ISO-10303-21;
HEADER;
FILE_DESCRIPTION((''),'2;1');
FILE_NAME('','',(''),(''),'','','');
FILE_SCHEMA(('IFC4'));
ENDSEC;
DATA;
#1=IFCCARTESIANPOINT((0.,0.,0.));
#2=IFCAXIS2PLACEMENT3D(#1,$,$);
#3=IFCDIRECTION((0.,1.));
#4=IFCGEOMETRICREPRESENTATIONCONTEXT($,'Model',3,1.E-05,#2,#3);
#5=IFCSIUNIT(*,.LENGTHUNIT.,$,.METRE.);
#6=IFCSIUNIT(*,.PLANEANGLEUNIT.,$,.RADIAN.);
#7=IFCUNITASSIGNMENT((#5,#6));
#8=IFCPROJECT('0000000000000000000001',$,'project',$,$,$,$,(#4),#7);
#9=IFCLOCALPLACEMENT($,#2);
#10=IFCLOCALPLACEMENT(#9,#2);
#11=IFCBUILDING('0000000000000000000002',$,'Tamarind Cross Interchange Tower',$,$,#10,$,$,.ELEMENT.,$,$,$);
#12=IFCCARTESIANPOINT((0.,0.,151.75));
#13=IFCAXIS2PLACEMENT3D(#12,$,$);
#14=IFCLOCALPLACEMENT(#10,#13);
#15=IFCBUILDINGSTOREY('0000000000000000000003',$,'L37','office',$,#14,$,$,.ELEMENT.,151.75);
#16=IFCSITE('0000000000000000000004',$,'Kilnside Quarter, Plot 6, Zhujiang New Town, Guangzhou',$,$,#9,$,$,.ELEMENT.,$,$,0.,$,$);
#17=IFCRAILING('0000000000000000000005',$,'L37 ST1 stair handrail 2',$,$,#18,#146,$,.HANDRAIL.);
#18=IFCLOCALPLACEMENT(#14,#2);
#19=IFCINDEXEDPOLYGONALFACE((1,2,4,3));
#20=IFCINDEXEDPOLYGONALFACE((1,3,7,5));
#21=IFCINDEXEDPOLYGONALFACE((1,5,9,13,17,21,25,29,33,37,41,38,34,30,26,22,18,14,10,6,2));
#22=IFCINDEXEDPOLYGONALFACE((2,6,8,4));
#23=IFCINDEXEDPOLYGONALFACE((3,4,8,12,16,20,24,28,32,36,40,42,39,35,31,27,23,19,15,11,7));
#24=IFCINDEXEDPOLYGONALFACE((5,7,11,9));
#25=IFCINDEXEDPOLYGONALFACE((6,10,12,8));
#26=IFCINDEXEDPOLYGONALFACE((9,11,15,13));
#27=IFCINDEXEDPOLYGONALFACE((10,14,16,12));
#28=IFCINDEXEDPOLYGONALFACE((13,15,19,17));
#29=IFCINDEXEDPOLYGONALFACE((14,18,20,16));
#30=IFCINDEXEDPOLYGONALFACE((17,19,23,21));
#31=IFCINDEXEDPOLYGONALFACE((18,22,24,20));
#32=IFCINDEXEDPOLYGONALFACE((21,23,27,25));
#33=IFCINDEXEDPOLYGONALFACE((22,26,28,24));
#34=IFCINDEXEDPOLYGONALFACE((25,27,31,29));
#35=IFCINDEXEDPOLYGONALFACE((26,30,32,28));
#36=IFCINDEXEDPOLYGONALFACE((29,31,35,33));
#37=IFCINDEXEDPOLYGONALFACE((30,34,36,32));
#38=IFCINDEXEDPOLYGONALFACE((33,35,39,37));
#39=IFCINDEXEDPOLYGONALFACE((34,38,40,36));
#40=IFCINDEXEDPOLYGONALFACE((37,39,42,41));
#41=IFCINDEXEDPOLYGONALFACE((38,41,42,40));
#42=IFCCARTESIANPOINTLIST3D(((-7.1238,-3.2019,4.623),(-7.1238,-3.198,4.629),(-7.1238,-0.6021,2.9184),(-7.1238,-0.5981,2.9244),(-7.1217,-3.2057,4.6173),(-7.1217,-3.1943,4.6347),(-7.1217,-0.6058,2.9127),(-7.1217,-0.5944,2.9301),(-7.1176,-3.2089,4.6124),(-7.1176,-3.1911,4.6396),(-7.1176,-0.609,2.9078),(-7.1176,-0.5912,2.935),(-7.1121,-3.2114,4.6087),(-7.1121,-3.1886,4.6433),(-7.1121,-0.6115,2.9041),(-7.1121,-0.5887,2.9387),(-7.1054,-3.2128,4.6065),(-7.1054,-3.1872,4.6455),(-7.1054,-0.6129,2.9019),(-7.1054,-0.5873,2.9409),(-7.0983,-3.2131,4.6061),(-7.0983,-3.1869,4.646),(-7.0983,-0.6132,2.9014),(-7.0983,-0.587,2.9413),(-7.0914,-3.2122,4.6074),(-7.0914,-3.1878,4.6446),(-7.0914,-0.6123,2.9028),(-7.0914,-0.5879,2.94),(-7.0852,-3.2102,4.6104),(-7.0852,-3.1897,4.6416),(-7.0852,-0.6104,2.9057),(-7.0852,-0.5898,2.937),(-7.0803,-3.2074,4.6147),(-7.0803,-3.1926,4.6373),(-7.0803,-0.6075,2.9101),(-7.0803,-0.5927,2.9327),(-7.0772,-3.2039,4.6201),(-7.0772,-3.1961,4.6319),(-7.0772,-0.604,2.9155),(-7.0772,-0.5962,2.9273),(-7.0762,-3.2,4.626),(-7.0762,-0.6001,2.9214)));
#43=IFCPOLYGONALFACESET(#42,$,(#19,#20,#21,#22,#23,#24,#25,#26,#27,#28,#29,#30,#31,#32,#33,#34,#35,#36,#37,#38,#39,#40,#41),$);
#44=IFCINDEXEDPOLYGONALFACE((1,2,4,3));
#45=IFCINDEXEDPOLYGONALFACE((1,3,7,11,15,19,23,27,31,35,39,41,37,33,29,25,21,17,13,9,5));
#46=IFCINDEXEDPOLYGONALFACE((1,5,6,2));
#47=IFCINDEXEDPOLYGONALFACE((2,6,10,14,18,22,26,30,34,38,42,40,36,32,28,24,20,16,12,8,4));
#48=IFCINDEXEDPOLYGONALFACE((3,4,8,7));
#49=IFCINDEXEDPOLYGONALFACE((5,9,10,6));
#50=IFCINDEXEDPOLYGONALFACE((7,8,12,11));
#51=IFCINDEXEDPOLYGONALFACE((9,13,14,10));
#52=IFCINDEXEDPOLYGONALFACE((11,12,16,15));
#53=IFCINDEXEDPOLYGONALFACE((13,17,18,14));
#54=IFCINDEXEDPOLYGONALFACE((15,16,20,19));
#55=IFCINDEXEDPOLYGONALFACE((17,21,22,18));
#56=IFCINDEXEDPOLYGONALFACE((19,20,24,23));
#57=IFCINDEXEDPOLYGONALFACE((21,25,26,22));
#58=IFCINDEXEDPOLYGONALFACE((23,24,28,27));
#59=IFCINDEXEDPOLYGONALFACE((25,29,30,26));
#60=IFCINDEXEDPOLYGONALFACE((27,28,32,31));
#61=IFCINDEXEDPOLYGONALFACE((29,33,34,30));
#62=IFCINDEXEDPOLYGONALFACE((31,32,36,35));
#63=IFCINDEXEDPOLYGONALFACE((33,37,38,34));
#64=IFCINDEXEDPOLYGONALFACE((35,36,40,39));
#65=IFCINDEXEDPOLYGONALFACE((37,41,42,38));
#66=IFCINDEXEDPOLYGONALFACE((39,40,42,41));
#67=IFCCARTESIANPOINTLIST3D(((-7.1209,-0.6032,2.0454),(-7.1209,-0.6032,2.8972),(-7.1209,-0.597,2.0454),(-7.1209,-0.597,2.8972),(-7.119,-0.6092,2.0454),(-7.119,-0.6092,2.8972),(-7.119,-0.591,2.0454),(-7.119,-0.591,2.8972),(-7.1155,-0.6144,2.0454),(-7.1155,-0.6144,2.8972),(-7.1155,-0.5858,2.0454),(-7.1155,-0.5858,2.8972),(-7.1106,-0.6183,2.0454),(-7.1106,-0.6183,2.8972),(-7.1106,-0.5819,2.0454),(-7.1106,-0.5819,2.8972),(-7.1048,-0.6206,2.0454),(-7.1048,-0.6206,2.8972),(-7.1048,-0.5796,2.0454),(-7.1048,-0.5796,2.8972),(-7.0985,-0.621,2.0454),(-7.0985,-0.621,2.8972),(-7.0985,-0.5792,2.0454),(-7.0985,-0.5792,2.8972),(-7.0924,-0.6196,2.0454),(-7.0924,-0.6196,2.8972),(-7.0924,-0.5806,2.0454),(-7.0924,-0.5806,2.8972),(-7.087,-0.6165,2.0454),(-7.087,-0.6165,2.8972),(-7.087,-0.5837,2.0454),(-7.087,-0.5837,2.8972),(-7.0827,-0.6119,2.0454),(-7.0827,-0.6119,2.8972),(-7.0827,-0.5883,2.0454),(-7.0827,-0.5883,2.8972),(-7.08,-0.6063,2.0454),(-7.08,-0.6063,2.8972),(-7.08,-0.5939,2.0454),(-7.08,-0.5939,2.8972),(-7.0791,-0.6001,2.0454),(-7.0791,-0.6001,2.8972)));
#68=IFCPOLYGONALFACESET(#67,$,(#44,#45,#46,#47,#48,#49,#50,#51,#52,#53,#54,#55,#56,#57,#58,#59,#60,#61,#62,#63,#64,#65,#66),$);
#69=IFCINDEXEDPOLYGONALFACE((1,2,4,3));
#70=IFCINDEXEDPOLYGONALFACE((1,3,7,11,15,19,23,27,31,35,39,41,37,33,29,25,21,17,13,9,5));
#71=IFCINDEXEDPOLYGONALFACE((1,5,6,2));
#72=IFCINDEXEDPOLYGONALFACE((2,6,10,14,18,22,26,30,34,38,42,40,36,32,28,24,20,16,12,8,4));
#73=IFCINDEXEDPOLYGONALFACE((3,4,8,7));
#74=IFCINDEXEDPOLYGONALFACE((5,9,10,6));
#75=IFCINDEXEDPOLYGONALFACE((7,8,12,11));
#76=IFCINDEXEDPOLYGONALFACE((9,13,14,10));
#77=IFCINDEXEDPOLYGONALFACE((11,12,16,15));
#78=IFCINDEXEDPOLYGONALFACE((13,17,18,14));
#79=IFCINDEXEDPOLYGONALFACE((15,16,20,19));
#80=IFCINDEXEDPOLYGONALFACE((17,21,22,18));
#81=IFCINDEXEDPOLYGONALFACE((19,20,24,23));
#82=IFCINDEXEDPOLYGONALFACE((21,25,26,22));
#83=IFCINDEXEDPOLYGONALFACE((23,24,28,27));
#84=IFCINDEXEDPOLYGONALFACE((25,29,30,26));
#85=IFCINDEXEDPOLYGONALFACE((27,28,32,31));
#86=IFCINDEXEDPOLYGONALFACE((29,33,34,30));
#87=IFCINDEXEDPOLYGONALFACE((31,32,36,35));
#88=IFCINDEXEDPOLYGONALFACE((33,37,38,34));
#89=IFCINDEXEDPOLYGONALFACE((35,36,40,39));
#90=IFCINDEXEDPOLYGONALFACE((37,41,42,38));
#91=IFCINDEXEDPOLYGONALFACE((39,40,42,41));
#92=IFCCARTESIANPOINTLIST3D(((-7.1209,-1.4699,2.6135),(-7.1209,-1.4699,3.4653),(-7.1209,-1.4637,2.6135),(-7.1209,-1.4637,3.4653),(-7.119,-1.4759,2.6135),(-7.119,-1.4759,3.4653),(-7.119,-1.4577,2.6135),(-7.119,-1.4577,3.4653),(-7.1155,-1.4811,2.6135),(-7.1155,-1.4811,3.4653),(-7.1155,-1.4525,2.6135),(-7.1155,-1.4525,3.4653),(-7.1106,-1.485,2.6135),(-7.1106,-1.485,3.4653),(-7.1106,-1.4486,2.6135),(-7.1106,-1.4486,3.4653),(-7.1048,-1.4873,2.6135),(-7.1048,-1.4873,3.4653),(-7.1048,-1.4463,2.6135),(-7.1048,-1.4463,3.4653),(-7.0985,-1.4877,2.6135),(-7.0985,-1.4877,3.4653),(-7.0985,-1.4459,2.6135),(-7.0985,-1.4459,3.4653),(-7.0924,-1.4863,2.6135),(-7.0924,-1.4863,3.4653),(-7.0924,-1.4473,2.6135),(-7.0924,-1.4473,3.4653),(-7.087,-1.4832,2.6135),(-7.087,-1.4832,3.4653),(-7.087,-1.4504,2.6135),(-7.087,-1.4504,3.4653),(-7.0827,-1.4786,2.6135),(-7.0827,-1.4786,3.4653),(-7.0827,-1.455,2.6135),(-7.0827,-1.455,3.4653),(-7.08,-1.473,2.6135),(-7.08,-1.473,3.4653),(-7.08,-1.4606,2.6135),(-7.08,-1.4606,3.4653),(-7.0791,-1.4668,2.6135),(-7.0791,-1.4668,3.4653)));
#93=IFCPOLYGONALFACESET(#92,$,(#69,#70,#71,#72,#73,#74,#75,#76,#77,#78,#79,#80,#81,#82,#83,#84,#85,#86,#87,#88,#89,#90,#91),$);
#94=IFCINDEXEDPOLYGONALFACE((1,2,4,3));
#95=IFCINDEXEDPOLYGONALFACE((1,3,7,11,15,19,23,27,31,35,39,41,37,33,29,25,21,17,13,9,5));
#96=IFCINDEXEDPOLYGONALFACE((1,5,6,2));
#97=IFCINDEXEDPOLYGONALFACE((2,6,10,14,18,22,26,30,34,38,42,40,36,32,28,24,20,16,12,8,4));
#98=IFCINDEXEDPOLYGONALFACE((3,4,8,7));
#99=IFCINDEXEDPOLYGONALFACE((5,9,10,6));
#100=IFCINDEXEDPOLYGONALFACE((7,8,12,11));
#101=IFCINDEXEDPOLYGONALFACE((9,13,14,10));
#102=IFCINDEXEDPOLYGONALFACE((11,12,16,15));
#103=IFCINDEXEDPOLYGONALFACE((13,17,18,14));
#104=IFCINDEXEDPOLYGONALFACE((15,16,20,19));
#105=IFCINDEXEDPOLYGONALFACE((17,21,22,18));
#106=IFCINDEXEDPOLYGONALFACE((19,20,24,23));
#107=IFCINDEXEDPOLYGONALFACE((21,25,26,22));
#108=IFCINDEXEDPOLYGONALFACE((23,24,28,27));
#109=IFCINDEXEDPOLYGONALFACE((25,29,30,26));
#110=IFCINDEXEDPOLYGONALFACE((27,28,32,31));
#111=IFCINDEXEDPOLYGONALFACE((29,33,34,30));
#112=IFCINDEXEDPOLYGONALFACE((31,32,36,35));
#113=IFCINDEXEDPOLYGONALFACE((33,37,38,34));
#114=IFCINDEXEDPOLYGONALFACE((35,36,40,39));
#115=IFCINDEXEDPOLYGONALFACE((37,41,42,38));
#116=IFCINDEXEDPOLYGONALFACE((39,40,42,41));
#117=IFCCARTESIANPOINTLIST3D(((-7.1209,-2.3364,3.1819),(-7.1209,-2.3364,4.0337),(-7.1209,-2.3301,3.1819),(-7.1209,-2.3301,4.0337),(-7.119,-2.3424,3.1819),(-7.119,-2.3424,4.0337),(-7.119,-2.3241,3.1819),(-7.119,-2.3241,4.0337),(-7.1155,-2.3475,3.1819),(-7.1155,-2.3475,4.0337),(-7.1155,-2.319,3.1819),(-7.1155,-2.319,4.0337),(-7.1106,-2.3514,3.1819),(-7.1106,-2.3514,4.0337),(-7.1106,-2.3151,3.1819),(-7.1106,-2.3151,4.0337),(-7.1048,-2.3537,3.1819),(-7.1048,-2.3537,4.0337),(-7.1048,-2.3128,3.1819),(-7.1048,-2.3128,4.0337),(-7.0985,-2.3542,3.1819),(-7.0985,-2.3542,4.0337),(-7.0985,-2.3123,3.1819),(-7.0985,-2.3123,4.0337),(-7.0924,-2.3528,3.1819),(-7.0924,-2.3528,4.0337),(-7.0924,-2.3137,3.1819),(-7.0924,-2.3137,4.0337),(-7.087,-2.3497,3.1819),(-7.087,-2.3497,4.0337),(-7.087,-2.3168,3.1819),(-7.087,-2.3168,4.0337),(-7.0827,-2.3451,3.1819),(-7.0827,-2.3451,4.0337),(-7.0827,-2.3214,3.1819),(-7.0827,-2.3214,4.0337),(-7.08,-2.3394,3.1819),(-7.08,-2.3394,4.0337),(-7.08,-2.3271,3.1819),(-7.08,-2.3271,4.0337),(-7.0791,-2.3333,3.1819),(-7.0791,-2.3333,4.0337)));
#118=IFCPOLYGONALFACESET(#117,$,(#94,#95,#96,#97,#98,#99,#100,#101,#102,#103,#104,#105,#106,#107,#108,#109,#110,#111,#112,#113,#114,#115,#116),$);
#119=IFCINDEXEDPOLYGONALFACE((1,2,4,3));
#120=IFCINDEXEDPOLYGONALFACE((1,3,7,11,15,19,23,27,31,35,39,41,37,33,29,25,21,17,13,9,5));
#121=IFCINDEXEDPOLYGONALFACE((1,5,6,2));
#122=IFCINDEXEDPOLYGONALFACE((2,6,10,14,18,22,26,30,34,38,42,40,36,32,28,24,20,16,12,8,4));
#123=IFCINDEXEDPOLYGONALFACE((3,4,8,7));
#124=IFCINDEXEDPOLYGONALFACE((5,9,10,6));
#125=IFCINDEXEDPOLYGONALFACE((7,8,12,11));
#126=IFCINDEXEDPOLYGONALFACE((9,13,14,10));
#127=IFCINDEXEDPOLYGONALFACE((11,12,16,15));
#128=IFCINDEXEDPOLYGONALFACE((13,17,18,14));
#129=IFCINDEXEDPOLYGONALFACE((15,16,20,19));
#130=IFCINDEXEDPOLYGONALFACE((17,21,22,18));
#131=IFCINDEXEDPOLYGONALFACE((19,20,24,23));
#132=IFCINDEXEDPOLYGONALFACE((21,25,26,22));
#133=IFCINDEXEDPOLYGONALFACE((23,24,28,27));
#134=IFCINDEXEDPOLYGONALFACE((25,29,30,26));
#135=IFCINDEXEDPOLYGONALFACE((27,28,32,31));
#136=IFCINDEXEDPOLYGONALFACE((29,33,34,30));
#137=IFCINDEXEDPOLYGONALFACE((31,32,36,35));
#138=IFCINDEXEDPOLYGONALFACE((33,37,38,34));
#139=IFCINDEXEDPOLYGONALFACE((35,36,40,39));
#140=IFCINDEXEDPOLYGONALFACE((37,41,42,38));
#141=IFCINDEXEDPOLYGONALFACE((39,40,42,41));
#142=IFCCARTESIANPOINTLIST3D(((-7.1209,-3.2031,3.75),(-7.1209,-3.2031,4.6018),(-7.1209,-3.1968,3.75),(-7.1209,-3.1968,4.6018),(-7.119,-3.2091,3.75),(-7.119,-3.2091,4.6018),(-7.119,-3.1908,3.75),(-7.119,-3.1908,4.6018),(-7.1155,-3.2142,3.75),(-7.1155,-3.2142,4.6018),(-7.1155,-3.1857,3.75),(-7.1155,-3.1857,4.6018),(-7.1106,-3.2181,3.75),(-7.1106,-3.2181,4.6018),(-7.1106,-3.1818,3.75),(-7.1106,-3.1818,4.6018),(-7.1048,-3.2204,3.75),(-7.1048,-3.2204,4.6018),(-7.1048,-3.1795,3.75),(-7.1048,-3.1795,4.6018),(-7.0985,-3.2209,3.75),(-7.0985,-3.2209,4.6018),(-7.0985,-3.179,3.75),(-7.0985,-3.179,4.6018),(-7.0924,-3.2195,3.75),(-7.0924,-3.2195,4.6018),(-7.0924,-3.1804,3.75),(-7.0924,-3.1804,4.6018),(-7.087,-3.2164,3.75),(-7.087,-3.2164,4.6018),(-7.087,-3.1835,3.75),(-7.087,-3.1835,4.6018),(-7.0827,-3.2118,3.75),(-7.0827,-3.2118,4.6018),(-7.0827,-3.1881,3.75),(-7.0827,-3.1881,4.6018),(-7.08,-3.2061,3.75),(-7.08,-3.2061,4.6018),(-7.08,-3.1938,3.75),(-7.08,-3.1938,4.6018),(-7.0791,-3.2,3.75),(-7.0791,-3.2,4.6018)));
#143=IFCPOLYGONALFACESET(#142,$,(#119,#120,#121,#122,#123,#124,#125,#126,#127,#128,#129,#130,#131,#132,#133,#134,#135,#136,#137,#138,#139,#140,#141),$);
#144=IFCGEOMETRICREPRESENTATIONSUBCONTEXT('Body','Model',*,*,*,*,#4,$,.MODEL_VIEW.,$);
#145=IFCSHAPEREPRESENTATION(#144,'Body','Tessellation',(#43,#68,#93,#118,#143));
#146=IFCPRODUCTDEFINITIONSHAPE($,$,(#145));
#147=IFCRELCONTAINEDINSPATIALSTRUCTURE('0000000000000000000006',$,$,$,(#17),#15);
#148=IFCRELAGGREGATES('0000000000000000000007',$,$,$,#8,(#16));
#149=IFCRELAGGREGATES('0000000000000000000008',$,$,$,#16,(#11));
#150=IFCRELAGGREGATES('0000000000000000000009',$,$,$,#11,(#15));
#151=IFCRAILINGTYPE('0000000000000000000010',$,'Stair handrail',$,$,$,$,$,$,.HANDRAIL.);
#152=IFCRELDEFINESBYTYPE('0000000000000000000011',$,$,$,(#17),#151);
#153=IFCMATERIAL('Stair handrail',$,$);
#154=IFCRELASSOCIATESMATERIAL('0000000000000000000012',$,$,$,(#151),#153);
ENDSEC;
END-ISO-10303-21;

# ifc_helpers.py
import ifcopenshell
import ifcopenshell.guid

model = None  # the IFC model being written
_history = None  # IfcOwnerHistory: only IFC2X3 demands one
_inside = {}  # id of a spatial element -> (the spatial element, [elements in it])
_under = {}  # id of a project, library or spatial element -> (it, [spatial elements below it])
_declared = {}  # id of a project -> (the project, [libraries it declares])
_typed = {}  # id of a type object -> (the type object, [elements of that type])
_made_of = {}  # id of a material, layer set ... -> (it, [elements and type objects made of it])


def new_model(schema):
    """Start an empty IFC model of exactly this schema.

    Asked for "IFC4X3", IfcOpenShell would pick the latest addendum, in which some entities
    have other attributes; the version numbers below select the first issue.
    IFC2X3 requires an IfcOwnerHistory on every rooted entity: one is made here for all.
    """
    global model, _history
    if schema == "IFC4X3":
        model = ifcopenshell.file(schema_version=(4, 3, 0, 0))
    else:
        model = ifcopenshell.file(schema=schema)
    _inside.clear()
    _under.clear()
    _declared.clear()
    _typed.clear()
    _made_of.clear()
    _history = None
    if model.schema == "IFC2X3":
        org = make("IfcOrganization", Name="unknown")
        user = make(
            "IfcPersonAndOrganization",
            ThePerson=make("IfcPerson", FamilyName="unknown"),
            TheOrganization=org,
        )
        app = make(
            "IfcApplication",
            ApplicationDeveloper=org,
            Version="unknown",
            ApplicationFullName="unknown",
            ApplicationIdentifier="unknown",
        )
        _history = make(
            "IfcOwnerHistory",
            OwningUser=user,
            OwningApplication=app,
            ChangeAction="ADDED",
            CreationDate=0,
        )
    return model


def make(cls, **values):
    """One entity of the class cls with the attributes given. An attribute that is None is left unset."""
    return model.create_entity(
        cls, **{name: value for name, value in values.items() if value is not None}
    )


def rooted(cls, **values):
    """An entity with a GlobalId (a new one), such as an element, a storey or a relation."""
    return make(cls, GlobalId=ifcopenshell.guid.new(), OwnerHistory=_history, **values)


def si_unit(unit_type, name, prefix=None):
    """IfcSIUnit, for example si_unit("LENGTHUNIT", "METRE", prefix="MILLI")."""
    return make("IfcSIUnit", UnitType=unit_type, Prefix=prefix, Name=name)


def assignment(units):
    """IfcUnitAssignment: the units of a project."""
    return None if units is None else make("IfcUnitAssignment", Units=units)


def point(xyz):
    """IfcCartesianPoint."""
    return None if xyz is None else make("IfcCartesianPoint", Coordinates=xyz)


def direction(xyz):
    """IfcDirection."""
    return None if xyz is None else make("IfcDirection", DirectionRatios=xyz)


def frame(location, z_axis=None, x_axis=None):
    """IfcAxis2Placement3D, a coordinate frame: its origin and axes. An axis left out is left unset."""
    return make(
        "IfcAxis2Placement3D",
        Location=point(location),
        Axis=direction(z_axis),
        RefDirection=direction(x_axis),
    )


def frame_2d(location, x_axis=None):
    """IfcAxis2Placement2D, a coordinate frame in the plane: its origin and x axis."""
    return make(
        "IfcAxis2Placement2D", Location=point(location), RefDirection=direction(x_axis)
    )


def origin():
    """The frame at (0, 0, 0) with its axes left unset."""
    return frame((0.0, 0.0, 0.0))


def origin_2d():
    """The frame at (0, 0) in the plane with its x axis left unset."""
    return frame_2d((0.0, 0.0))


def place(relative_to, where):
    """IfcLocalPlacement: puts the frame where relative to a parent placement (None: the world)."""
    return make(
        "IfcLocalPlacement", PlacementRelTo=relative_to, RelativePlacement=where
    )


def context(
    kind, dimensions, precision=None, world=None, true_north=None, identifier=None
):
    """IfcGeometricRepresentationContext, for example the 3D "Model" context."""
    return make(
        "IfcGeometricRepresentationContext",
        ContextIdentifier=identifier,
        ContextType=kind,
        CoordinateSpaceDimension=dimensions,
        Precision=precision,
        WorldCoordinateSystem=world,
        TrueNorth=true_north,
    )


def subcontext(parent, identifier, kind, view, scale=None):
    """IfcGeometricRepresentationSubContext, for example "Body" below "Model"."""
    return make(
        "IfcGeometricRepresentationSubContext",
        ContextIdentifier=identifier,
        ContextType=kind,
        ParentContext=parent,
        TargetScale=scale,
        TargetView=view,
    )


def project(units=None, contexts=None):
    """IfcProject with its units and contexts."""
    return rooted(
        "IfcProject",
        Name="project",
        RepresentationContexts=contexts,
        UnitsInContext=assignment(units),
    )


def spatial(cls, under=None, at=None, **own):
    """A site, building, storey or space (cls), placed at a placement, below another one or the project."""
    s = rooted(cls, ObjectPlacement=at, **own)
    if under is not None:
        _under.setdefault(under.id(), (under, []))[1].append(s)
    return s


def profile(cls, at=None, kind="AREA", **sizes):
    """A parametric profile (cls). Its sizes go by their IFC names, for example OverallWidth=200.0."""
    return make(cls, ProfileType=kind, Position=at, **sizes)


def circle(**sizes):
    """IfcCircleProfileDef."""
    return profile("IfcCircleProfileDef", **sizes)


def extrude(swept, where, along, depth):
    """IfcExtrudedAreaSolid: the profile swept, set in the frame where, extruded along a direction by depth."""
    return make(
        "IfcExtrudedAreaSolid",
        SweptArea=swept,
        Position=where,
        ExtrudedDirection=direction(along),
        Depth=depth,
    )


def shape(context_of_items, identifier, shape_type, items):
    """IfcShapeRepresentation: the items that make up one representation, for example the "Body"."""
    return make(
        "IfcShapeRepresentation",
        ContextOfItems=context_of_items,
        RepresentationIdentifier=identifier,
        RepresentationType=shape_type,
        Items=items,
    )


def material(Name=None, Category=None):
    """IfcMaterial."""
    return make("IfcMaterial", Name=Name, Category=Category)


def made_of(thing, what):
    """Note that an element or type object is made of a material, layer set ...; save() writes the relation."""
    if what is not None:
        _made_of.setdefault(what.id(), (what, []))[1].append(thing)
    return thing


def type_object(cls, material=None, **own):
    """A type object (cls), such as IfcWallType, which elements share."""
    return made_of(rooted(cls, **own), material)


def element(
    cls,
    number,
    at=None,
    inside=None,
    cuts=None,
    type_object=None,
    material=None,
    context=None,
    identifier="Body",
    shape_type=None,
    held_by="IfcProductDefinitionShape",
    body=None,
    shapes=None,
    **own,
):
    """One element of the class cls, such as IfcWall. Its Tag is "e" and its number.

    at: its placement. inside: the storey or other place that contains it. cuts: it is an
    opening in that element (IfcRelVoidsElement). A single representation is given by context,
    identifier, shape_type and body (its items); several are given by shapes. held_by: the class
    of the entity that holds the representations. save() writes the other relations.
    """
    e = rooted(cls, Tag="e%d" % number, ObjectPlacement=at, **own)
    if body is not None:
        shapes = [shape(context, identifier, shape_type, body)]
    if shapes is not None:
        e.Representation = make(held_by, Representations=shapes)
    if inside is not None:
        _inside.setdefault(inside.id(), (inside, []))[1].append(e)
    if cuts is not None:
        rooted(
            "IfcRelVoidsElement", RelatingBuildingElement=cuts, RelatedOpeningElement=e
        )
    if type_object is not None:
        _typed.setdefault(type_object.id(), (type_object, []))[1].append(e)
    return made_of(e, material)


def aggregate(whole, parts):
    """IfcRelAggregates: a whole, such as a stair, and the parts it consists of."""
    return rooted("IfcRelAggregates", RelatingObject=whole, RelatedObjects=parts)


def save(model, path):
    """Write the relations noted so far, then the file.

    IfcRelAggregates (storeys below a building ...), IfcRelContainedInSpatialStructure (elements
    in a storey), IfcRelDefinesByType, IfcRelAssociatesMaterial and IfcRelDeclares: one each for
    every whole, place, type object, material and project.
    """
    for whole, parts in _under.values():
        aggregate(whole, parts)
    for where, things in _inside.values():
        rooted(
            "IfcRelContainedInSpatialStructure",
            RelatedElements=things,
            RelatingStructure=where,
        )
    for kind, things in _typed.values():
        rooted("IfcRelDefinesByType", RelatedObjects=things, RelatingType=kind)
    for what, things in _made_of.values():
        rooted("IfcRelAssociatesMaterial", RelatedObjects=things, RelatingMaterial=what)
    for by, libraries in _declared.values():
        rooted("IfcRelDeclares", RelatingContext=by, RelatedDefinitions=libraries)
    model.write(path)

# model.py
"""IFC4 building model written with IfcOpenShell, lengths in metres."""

from ifc_helpers import new_model, si_unit, direction, frame, origin, origin_2d, place, context, subcontext, project, spatial, circle, extrude, material, type_object, element, save


model = new_model("IFC4")

# Units and contexts
model_context = context("Model", 3, precision=1e-05, world=origin(), true_north=direction((0.0, 1.0)))
body_context = subcontext(model_context, "Body", "Model", "MODEL_VIEW")
ifc_project = project(units=[si_unit("LENGTHUNIT", "METRE"), si_unit("PLANEANGLEUNIT", "RADIAN")], contexts=[model_context])

# Site, building, storey
site_placement = place(None, origin())
site = spatial("IfcSite", under=ifc_project, at=site_placement, Name="Kilnside Quarter, Plot 6, Zhujiang New Town, Guangzhou", CompositionType="ELEMENT", RefElevation=0.0)
building_placement = place(site_placement, origin())
building = spatial("IfcBuilding", under=site, at=building_placement, Name="Tamarind Cross Interchange Tower", CompositionType="ELEMENT")
storey_placement = place(building_placement, frame((0.0, 0.0, 151.75)))
storey = spatial("IfcBuildingStorey", under=building, at=storey_placement, Name="L37", Description="office", CompositionType="ELEMENT", Elevation=151.75)

# Railing
ifc_material_1 = material(Name="Stair handrail")
railing_type_1 = type_object("IfcRailingType", Name="Stair handrail", PredefinedType="HANDRAIL", material=ifc_material_1)
railing_1_placement = place(storey_placement, frame((-7.1001, -0.6001, 2.0454)))
element("IfcRailing", 1, at=railing_1_placement, inside=storey, type_object=railing_type_1, Name="L37 ST1 stair handrail 2", PredefinedType="HANDRAIL", context=body_context, shape_type="SweptSolid", body=[
    extrude(circle(Radius=0.0239, at=origin_2d()), frame((0.0, 0.0, 0.876), z_axis=(0.0, -0.836279, 0.548305), x_axis=(1.0, 0.0, 0.0)), (0.0, 0.0, 1.0), 3.1089),
    extrude(circle(Radius=0.021, at=origin_2d()), origin(), (0.0, 0.0, 1.0), 0.8518),
    extrude(circle(Radius=0.021, at=origin_2d()), frame((0.0, -0.8667, 0.5681)), (0.0, 0.0, 1.0), 0.8518),
    extrude(circle(Radius=0.021, at=origin_2d()), frame((0.0, -1.7332, 1.1365)), (0.0, 0.0, 1.0), 0.8518),
    extrude(circle(Radius=0.021, at=origin_2d()), frame((0.0, -2.5999, 1.7046)), (0.0, 0.0, 1.0), 0.8518),
])

save(model, "model.ifc")
